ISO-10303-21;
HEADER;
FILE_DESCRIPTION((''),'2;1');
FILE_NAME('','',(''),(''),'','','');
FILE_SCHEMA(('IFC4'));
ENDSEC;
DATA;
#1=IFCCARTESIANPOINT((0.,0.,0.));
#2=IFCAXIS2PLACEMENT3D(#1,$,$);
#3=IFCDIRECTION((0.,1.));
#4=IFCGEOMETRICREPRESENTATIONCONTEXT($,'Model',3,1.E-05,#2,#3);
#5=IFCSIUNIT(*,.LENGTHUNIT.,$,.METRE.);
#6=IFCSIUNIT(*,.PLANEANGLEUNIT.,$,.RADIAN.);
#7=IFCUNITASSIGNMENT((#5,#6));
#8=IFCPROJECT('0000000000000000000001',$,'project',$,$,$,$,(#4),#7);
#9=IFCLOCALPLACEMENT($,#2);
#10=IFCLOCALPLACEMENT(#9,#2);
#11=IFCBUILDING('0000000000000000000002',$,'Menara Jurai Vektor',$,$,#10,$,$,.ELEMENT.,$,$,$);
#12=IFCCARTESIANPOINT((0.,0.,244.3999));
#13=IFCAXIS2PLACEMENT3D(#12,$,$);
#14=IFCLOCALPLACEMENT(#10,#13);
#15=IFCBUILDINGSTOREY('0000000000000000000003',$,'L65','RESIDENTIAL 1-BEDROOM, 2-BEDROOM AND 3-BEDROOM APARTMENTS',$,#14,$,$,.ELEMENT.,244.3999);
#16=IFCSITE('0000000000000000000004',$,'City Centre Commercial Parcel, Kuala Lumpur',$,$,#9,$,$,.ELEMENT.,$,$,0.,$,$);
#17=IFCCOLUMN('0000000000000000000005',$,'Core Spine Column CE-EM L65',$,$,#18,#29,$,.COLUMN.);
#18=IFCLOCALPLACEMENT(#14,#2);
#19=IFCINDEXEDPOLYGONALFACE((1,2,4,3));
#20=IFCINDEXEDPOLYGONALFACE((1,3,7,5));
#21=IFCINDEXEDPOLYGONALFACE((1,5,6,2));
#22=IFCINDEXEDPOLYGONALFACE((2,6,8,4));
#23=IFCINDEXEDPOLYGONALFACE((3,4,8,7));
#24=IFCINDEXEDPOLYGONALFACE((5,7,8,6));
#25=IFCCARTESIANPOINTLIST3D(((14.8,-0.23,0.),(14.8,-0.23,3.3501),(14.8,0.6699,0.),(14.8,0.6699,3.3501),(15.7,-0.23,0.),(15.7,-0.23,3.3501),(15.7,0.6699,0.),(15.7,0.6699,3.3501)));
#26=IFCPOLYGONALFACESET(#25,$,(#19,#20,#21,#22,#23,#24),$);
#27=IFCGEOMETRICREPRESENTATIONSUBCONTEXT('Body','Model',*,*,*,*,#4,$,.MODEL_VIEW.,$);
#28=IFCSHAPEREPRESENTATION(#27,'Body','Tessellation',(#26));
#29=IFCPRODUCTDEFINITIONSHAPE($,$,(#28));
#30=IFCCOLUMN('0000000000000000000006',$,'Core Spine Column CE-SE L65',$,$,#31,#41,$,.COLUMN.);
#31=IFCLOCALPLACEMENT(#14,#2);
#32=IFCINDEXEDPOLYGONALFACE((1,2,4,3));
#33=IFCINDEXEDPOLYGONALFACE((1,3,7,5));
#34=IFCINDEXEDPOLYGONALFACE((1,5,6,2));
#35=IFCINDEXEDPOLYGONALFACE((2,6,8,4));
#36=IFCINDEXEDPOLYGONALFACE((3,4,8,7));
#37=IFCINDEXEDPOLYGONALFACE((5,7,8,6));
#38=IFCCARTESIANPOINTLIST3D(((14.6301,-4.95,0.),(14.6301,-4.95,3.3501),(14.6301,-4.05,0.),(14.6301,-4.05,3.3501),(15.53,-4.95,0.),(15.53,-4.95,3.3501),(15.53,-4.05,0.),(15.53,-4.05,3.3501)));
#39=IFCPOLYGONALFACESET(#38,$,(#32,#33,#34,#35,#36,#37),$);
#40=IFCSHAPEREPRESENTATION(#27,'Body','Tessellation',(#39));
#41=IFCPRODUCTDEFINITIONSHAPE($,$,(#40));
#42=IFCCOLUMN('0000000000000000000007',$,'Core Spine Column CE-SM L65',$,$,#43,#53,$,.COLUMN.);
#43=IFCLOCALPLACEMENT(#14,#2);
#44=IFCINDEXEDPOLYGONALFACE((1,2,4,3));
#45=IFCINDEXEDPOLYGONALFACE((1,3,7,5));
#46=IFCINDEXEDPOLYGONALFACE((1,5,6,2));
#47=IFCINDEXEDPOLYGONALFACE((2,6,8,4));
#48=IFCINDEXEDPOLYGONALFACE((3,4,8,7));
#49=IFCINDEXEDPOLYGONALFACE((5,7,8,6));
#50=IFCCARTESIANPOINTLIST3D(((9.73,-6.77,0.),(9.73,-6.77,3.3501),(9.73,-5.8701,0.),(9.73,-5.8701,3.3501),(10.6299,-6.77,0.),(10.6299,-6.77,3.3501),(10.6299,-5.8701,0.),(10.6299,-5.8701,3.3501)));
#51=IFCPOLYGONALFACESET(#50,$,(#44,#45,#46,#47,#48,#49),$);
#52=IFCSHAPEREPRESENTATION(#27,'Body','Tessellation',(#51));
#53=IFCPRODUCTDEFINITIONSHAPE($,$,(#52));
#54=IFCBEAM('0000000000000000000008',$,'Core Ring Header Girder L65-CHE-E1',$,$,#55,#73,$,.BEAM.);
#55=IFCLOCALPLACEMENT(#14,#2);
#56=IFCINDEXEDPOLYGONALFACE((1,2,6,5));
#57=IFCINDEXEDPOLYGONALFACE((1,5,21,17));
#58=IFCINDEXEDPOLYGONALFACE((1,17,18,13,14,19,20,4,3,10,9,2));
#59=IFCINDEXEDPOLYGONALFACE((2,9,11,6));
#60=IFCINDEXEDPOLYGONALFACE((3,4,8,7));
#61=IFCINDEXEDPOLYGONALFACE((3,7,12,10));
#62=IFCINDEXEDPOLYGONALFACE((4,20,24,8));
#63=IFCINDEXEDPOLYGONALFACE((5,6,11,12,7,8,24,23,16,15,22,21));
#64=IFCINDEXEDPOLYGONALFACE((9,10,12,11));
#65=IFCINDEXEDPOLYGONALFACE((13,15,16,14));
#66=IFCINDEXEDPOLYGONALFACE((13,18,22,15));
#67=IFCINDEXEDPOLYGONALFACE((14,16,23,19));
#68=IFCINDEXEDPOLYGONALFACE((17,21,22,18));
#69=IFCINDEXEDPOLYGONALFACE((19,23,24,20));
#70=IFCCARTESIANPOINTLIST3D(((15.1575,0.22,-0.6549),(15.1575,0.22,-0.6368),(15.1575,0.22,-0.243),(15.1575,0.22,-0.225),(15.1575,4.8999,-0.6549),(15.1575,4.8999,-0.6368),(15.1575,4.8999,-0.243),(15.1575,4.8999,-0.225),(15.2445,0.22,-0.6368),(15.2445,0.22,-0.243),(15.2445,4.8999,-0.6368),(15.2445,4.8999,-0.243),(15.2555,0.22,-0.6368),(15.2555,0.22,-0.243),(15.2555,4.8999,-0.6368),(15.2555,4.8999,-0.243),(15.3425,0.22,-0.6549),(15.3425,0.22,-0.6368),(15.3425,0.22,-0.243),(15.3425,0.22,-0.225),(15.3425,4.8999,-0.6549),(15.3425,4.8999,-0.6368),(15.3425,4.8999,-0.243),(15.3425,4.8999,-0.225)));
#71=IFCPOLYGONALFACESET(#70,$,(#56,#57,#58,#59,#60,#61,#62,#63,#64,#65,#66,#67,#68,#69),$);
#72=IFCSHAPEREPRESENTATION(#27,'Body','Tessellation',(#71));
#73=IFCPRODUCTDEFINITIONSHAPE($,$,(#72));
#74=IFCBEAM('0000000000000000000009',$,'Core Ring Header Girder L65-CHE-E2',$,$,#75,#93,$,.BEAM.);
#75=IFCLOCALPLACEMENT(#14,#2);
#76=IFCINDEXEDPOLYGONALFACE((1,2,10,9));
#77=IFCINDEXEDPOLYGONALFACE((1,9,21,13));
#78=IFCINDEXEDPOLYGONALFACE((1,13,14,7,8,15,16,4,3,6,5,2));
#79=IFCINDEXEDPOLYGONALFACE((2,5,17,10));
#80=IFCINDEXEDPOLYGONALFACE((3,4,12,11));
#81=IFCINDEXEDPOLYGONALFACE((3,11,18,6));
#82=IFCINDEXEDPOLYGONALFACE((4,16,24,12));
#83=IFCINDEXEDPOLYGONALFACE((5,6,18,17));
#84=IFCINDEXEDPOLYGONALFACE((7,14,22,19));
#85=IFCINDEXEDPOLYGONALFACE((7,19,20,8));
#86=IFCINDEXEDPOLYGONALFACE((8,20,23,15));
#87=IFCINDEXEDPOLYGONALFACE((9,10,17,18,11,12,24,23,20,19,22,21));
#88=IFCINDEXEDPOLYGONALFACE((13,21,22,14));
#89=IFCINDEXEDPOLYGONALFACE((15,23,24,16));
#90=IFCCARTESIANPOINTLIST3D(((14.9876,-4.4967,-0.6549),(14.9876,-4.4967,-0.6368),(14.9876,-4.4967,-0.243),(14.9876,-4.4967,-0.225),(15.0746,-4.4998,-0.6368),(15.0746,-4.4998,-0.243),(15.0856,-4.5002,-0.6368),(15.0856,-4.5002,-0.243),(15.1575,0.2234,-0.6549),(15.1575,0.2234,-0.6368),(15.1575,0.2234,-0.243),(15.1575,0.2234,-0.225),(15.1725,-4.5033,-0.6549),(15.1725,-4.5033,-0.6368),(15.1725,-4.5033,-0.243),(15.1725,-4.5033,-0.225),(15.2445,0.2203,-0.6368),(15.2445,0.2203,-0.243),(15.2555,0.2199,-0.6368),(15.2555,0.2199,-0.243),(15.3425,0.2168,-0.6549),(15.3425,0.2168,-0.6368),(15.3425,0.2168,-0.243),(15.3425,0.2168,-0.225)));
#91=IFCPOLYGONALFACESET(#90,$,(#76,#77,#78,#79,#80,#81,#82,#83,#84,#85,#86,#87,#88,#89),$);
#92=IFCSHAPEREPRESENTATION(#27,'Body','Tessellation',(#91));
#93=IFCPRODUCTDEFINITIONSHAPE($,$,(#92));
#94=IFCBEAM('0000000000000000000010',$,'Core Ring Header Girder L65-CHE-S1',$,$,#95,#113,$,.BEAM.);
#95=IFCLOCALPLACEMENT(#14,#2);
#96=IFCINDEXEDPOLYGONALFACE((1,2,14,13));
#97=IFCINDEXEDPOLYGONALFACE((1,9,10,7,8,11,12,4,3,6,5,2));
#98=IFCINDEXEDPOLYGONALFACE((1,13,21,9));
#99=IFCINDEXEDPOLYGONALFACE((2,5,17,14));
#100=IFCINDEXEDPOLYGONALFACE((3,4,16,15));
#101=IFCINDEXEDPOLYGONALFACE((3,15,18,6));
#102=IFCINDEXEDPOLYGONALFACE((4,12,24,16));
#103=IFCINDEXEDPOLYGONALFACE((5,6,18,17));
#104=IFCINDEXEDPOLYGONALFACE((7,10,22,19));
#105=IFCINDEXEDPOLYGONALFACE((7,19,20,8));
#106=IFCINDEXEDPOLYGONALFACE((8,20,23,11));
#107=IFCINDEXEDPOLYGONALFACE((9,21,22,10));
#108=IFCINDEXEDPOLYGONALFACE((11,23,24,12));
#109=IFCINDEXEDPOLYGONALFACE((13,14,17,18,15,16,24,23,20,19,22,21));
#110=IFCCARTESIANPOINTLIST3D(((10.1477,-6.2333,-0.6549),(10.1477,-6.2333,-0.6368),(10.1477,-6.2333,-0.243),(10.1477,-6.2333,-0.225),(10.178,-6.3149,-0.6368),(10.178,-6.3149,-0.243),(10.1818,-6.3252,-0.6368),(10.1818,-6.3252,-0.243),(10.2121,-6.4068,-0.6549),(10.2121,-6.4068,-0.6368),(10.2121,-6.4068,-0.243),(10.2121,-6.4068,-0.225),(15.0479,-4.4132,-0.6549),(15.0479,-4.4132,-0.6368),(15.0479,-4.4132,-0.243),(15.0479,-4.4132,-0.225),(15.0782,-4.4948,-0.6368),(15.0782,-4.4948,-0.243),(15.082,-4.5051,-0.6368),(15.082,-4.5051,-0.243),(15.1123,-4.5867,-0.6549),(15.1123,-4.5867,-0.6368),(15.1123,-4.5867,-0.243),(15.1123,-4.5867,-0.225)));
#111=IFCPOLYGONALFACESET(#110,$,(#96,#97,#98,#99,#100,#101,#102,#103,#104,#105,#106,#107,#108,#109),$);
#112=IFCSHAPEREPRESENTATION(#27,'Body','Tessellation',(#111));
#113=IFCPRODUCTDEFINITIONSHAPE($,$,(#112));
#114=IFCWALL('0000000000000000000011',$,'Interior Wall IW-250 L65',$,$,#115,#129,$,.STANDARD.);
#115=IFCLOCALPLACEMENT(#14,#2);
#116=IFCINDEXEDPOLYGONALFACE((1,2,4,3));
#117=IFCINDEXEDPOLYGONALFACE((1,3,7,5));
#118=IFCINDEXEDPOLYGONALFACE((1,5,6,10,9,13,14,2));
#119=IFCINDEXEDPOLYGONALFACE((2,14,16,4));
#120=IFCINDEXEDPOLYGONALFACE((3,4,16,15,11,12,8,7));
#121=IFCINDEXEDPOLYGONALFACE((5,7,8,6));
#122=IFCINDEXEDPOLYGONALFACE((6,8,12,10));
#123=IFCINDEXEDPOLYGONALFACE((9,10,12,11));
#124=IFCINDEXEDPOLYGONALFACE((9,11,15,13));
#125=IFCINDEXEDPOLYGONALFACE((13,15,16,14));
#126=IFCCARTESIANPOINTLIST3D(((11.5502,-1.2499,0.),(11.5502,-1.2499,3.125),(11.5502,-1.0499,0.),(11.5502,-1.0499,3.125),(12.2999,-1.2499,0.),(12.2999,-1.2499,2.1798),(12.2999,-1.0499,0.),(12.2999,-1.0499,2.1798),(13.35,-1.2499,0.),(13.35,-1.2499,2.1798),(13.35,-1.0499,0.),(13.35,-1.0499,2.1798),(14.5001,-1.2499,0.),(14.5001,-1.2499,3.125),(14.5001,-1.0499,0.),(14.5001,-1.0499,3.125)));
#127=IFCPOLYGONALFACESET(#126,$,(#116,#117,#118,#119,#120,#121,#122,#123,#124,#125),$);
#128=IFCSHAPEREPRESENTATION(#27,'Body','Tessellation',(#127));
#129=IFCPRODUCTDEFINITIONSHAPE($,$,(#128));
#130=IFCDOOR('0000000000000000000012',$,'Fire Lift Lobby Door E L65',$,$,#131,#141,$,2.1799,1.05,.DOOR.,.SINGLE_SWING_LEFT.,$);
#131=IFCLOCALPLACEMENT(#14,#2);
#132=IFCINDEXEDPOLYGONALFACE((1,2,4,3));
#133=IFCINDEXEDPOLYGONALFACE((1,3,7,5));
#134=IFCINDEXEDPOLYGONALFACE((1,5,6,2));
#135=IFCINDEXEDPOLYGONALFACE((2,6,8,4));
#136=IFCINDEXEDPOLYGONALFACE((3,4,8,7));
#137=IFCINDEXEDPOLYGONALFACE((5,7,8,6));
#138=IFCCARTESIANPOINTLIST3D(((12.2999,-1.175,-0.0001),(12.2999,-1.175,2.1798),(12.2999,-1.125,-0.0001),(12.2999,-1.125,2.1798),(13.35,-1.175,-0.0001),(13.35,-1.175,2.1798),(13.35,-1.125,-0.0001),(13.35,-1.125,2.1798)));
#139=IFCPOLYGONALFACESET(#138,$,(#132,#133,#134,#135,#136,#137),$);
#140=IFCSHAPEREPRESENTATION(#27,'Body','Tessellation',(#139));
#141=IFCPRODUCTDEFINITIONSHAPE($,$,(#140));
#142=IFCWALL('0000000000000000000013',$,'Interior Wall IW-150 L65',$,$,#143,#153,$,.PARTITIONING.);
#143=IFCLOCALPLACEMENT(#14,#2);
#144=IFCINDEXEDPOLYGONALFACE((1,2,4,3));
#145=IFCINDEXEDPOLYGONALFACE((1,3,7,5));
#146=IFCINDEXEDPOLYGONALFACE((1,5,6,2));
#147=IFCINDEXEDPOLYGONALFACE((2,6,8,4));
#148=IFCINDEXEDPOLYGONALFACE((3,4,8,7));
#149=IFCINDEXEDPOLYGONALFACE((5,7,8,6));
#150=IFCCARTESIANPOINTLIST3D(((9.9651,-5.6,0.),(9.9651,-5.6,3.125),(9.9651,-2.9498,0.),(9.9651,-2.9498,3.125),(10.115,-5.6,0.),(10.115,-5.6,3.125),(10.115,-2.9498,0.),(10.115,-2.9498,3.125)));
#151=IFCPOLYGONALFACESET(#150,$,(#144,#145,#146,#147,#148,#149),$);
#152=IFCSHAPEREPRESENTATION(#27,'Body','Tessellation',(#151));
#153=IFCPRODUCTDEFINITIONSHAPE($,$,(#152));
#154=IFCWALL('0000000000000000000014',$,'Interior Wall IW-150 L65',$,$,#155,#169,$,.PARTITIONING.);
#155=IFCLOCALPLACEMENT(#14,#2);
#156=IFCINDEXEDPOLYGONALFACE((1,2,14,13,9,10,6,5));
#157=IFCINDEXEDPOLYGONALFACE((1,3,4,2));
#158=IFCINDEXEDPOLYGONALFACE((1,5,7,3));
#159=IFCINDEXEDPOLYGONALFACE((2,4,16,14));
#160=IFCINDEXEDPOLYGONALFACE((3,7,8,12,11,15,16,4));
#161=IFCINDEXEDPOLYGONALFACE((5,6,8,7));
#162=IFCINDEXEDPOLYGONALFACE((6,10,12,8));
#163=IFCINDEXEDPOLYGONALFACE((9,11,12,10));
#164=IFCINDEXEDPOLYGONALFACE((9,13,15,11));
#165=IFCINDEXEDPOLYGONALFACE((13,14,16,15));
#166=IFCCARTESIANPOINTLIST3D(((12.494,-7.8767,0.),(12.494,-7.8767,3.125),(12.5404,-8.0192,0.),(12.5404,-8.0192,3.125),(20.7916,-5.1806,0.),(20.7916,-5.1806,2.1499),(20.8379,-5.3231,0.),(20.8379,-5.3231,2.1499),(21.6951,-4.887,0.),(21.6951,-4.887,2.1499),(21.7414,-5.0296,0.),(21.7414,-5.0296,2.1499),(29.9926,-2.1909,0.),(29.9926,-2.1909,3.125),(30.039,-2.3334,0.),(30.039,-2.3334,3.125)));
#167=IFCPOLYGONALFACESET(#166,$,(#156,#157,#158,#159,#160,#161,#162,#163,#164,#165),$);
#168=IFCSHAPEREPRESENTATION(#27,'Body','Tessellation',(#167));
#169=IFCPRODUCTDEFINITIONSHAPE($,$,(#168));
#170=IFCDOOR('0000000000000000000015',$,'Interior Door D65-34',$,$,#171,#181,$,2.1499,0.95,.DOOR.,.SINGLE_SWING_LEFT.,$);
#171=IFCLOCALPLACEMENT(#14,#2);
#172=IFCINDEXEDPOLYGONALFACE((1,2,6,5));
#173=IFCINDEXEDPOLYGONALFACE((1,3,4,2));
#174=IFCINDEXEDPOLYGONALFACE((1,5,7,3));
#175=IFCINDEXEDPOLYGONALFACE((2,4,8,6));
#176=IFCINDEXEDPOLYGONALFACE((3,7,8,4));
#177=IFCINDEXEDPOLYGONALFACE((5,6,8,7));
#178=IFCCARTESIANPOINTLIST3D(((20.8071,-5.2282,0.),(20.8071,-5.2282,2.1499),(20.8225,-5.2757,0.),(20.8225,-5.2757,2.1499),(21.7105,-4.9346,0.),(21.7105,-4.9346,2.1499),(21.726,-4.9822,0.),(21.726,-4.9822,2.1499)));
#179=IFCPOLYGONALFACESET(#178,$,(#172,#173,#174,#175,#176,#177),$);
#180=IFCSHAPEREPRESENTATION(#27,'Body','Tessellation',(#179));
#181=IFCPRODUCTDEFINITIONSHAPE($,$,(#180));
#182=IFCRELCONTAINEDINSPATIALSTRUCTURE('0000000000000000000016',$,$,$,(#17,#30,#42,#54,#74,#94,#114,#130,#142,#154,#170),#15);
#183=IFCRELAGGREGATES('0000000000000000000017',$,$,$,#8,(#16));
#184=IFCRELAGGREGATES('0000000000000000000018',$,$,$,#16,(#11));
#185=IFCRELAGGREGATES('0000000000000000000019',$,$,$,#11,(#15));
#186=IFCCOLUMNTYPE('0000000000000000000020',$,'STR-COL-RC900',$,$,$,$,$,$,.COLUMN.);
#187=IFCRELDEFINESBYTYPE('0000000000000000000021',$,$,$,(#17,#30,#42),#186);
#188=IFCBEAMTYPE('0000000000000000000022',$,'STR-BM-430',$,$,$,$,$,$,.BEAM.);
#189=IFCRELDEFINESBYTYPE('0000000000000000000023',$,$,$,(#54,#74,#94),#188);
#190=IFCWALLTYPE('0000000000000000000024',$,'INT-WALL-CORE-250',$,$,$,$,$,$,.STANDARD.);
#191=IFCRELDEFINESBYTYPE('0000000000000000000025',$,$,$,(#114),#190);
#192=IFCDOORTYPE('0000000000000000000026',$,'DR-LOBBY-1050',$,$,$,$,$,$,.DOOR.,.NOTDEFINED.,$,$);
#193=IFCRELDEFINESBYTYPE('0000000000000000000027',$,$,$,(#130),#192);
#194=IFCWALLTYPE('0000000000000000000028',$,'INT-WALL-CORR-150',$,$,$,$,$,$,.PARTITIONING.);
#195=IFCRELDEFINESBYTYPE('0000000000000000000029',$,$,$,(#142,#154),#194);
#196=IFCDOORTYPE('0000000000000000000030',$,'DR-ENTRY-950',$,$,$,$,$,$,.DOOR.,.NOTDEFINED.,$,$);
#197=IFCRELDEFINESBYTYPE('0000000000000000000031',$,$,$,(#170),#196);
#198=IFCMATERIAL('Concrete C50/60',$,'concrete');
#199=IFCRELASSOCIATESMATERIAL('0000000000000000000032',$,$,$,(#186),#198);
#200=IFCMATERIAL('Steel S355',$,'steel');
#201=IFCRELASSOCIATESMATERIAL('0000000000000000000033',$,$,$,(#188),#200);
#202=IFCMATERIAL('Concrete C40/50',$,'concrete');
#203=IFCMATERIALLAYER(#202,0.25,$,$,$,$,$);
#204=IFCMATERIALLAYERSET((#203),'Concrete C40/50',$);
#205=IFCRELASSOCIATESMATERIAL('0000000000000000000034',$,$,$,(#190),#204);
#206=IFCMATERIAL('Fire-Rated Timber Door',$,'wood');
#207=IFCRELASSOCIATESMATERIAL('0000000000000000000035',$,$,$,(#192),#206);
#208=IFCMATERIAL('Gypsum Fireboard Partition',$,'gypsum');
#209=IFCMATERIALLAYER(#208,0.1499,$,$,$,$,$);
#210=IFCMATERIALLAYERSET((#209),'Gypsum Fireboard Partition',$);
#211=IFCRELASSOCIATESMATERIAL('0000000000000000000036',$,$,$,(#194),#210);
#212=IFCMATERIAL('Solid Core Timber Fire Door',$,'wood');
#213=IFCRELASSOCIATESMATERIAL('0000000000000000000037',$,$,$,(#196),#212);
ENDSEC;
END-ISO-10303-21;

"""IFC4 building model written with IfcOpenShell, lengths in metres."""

from ifc_helpers import new_model, si_unit, direction, frame, frame_2d, origin, origin_2d, place, context, subcontext, project, spatial, rectangle, i_section, extrude, material, layer, layer_set, material_profile, profile_set, type_object, element, fill, save


model = new_model("IFC4")

# Units and contexts
model_context = context("Model", 3, precision=1e-05, world=origin(), true_north=direction((0.0, 1.0)))
body_context = subcontext(model_context, "Body", "Model", "MODEL_VIEW")
ifc_project = project(units=[si_unit("LENGTHUNIT", "METRE"), si_unit("PLANEANGLEUNIT", "RADIAN")], contexts=[model_context])

# Site, building, storey
site_placement = place(None, origin())
site = spatial("IfcSite", under=ifc_project, at=site_placement, Name="City Centre Commercial Parcel, Kuala Lumpur", CompositionType="ELEMENT", RefElevation=0.0)
building_placement = place(site_placement, origin())
building = spatial("IfcBuilding", under=site, at=building_placement, Name="Menara Jurai Vektor", CompositionType="ELEMENT")
storey_placement = place(building_placement, frame((0.0, 0.0, 244.3999)))
storey = spatial("IfcBuildingStorey", under=building, at=storey_placement, Name="L65", Description="RESIDENTIAL 1-BEDROOM, 2-BEDROOM AND 3-BEDROOM APARTMENTS", CompositionType="ELEMENT", Elevation=244.3999)

# Columns
ifc_material_1 = material(Name="Concrete C50/60", Category="concrete")
ifc_material_profile_1 = material_profile(ifc_material_1, rectangle(XDim=0.8999, YDim=0.8999, at=origin_2d()), Name="RC 900x900")
ifc_profile_set_1 = profile_set([ifc_material_profile_1], Name="Concrete C50/60")
column_type = type_object("IfcColumnType", Name="STR-COL-RC900", PredefinedType="COLUMN", material=ifc_profile_set_1)
for number, where, z_axis, x_axis, name in (
    (1, (15.25, 0.22, 0.0), (0.0, 0.0, 1.0), (1.0, 0.0, 0.0), "Core Spine Column CE-EM L65"),
    (2, (15.0801, -4.5, 0.0), (0.0, 0.0, 1.0), (1.0, 0.0, 0.0), "Core Spine Column CE-SE L65"),
    (3, (10.1799, -6.3201, 0.0), (0.0, 0.0, 1.0), (1.0, 0.0, 0.0), "Core Spine Column CE-SM L65"),
):
    element("IfcColumn", number, at=place(storey_placement, frame(where, z_axis=z_axis, x_axis=x_axis)), inside=storey, type_object=column_type, Name=name, PredefinedType="COLUMN", context=body_context, shape_type="SweptSolid", body=[
        extrude(rectangle(XDim=0.8999, YDim=0.8999, at=origin_2d()), origin(), (0.0, 0.0, 1.0), 3.3501),
    ])

# Beams
ifc_material_2 = material(Name="Steel S355", Category="steel")
ifc_material_profile_2 = material_profile(ifc_material_2, i_section(OverallWidth=0.1851, OverallDepth=0.4299, WebThickness=0.011, FlangeThickness=0.0181, at=origin_2d()), Name="PG 430x185x76")
ifc_profile_set_2 = profile_set([ifc_material_profile_2], Name="Steel S355")
beam_type = type_object("IfcBeamType", Name="STR-BM-430", PredefinedType="BEAM", material=ifc_profile_set_2)
beam_1_placement = place(storey_placement, frame((15.25, 0.22, -0.4399), z_axis=(0.0, 1.0, 0.0), x_axis=(-1.0, 0.0, 0.0)))
element("IfcBeam", 4, at=beam_1_placement, inside=storey, type_object=beam_type, Name="Core Ring Header Girder L65-CHE-E1", PredefinedType="BEAM", context=body_context, shape_type="SweptSolid", body=[
    extrude(i_section(OverallWidth=0.1851, OverallDepth=0.4299, WebThickness=0.011, FlangeThickness=0.0181, at=origin_2d()), origin(), (0.0, 0.0, 1.0), 4.6799),
])
beam_2_placement = place(storey_placement, frame((15.0801, -4.5, -0.4399), z_axis=(0.035977, 0.999353, 0.0), x_axis=(-0.999353, 0.035977, 0.0)))
element("IfcBeam", 5, at=beam_2_placement, inside=storey, type_object=beam_type, Name="Core Ring Header Girder L65-CHE-E2", PredefinedType="BEAM", context=body_context, shape_type="SweptSolid", body=[
    extrude(i_section(OverallWidth=0.1851, OverallDepth=0.4299, WebThickness=0.011, FlangeThickness=0.0181, at=origin_2d()), origin(), (0.0, 0.0, 1.0), 4.7231),
])
beam_3_placement = place(storey_placement, frame((10.1799, -6.3201, -0.4399), z_axis=(0.937424, 0.348189, 0.0), x_axis=(-0.348189, 0.937424, 0.0)))
element("IfcBeam", 6, at=beam_3_placement, inside=storey, type_object=beam_type, Name="Core Ring Header Girder L65-CHE-S1", PredefinedType="BEAM", context=body_context, shape_type="SweptSolid", body=[
    extrude(i_section(OverallWidth=0.1851, OverallDepth=0.4299, WebThickness=0.011, FlangeThickness=0.0181, at=origin_2d()), origin(), (0.0, 0.0, 1.0), 5.2273),
])

# Wall, opening, door
ifc_material_3 = material(Name="Concrete C40/50", Category="concrete")
ifc_layer_1 = layer(ifc_material_3, 0.25)
ifc_layer_set_1 = layer_set([ifc_layer_1], Name="Concrete C40/50")
wall_type_1 = type_object("IfcWallType", Name="INT-WALL-CORE-250", PredefinedType="STANDARD", material=ifc_layer_set_1)
wall_1_placement = place(storey_placement, frame((11.55, -1.1499, 0.0), z_axis=(0.0, 0.0, 1.0), x_axis=(1.0, 0.0, 0.0)))
wall_1 = element("IfcWall", 7, at=wall_1_placement, inside=storey, type_object=wall_type_1, Name="Interior Wall IW-250 L65", PredefinedType="STANDARD", context=body_context, shape_type="SweptSolid", body=[
    extrude(rectangle(XDim=2.95, YDim=0.2, at=frame_2d((1.4751, 0.0))), origin(), (0.0, 0.0, 1.0), 3.125),
])
opening_1_placement = place(wall_1_placement, frame((0.75, 0.0, 0.0)))
opening_1 = element("IfcOpeningElement", 8, at=opening_1_placement, cuts=wall_1, PredefinedType="OPENING", context=body_context, shape_type="SweptSolid", body=[
    extrude(rectangle(XDim=1.05, YDim=2.1799, at=frame_2d((0.5249, 1.0898))), frame((0.0, 0.1099, 0.0), z_axis=(0.0, -1.0, 0.0), x_axis=(1.0, 0.0, 0.0)), (0.0, 0.0, 1.0), 0.22),
])
ifc_material_4 = material(Name="Fire-Rated Timber Door", Category="wood")
door_type_1 = type_object("IfcDoorType", Name="DR-LOBBY-1050", OperationType="NOTDEFINED", PredefinedType="DOOR", material=ifc_material_4)
door_1_placement = place(opening_1_placement, origin())
door_1 = element("IfcDoor", 9, at=door_1_placement, inside=storey, type_object=door_type_1, Name="Fire Lift Lobby Door E L65", OperationType="SINGLE_SWING_LEFT", OverallHeight=2.1799, OverallWidth=1.05, PredefinedType="DOOR", context=body_context, shape_type="SweptSolid", body=[
    extrude(rectangle(XDim=1.05, YDim=2.1799, at=frame_2d((0.5249, 1.0898))), frame((0.0, 0.0249, 0.0), z_axis=(0.0, -1.0, 0.0), x_axis=(1.0, 0.0, 0.0)), (0.0, 0.0, 1.0), 0.05),
])
fill(opening_1, door_1)

# Wall
ifc_material_5 = material(Name="Gypsum Fireboard Partition", Category="gypsum")
ifc_layer_2 = layer(ifc_material_5, 0.1499)
ifc_layer_set_2 = layer_set([ifc_layer_2], Name="Gypsum Fireboard Partition")
wall_type_2 = type_object("IfcWallType", Name="INT-WALL-CORR-150", PredefinedType="PARTITIONING", material=ifc_layer_set_2)
wall_2_placement = place(storey_placement, frame((10.04, -5.6001, 0.0), z_axis=(0.0, 0.0, 1.0), x_axis=(0.0, 1.0, 0.0)))
element("IfcWall", 10, at=wall_2_placement, inside=storey, type_object=wall_type_2, Name="Interior Wall IW-150 L65", PredefinedType="PARTITIONING", context=body_context, shape_type="SweptSolid", body=[
    extrude(rectangle(XDim=2.6501, YDim=0.1499, at=frame_2d((1.3252, 0.0))), origin(), (0.0, 0.0, 1.0), 3.125),
])

# Wall, opening, door
wall_3_placement = place(storey_placement, frame((12.5171, -7.948, 0.0), z_axis=(0.0, 0.0, 1.0), x_axis=(0.951054, 0.309025, 0.0)))
wall_3 = element("IfcWall", 11, at=wall_3_placement, inside=storey, type_object=wall_type_2, Name="Interior Wall IW-150 L65", PredefinedType="PARTITIONING", context=body_context, shape_type="SweptSolid", body=[
    extrude(rectangle(XDim=18.3992, YDim=0.1499, at=frame_2d((9.1997, 0.0))), origin(), (0.0, 0.0, 1.0), 3.125),
])
opening_2_placement = place(wall_3_placement, frame((8.7246, 0.0, 0.0)))
opening_2 = element("IfcOpeningElement", 12, at=opening_2_placement, cuts=wall_3, PredefinedType="OPENING", context=body_context, shape_type="SweptSolid", body=[
    extrude(rectangle(XDim=0.95, YDim=2.1499, at=frame_2d((0.4751, 1.075))), frame((0.0, 0.085, 0.0), z_axis=(0.0, -1.0, 0.0), x_axis=(1.0, 0.0, 0.0)), (0.0, 0.0, 1.0), 0.1699),
])
ifc_material_6 = material(Name="Solid Core Timber Fire Door", Category="wood")
door_type_2 = type_object("IfcDoorType", Name="DR-ENTRY-950", OperationType="NOTDEFINED", PredefinedType="DOOR", material=ifc_material_6)
door_2_placement = place(opening_2_placement, origin())
door_2 = element("IfcDoor", 13, at=door_2_placement, inside=storey, type_object=door_type_2, Name="Interior Door D65-34", OperationType="SINGLE_SWING_LEFT", OverallHeight=2.1499, OverallWidth=0.95, PredefinedType="DOOR", context=body_context, shape_type="SweptSolid", body=[
    extrude(rectangle(XDim=0.95, YDim=2.1499, at=frame_2d((0.4751, 1.075))), frame((0.0, 0.0249, 0.0), z_axis=(0.0, -1.0, 0.0), x_axis=(1.0, 0.0, 0.0)), (0.0, 0.0, 1.0), 0.05),
])
fill(opening_2, door_2)

save(model, "model.ifc")
